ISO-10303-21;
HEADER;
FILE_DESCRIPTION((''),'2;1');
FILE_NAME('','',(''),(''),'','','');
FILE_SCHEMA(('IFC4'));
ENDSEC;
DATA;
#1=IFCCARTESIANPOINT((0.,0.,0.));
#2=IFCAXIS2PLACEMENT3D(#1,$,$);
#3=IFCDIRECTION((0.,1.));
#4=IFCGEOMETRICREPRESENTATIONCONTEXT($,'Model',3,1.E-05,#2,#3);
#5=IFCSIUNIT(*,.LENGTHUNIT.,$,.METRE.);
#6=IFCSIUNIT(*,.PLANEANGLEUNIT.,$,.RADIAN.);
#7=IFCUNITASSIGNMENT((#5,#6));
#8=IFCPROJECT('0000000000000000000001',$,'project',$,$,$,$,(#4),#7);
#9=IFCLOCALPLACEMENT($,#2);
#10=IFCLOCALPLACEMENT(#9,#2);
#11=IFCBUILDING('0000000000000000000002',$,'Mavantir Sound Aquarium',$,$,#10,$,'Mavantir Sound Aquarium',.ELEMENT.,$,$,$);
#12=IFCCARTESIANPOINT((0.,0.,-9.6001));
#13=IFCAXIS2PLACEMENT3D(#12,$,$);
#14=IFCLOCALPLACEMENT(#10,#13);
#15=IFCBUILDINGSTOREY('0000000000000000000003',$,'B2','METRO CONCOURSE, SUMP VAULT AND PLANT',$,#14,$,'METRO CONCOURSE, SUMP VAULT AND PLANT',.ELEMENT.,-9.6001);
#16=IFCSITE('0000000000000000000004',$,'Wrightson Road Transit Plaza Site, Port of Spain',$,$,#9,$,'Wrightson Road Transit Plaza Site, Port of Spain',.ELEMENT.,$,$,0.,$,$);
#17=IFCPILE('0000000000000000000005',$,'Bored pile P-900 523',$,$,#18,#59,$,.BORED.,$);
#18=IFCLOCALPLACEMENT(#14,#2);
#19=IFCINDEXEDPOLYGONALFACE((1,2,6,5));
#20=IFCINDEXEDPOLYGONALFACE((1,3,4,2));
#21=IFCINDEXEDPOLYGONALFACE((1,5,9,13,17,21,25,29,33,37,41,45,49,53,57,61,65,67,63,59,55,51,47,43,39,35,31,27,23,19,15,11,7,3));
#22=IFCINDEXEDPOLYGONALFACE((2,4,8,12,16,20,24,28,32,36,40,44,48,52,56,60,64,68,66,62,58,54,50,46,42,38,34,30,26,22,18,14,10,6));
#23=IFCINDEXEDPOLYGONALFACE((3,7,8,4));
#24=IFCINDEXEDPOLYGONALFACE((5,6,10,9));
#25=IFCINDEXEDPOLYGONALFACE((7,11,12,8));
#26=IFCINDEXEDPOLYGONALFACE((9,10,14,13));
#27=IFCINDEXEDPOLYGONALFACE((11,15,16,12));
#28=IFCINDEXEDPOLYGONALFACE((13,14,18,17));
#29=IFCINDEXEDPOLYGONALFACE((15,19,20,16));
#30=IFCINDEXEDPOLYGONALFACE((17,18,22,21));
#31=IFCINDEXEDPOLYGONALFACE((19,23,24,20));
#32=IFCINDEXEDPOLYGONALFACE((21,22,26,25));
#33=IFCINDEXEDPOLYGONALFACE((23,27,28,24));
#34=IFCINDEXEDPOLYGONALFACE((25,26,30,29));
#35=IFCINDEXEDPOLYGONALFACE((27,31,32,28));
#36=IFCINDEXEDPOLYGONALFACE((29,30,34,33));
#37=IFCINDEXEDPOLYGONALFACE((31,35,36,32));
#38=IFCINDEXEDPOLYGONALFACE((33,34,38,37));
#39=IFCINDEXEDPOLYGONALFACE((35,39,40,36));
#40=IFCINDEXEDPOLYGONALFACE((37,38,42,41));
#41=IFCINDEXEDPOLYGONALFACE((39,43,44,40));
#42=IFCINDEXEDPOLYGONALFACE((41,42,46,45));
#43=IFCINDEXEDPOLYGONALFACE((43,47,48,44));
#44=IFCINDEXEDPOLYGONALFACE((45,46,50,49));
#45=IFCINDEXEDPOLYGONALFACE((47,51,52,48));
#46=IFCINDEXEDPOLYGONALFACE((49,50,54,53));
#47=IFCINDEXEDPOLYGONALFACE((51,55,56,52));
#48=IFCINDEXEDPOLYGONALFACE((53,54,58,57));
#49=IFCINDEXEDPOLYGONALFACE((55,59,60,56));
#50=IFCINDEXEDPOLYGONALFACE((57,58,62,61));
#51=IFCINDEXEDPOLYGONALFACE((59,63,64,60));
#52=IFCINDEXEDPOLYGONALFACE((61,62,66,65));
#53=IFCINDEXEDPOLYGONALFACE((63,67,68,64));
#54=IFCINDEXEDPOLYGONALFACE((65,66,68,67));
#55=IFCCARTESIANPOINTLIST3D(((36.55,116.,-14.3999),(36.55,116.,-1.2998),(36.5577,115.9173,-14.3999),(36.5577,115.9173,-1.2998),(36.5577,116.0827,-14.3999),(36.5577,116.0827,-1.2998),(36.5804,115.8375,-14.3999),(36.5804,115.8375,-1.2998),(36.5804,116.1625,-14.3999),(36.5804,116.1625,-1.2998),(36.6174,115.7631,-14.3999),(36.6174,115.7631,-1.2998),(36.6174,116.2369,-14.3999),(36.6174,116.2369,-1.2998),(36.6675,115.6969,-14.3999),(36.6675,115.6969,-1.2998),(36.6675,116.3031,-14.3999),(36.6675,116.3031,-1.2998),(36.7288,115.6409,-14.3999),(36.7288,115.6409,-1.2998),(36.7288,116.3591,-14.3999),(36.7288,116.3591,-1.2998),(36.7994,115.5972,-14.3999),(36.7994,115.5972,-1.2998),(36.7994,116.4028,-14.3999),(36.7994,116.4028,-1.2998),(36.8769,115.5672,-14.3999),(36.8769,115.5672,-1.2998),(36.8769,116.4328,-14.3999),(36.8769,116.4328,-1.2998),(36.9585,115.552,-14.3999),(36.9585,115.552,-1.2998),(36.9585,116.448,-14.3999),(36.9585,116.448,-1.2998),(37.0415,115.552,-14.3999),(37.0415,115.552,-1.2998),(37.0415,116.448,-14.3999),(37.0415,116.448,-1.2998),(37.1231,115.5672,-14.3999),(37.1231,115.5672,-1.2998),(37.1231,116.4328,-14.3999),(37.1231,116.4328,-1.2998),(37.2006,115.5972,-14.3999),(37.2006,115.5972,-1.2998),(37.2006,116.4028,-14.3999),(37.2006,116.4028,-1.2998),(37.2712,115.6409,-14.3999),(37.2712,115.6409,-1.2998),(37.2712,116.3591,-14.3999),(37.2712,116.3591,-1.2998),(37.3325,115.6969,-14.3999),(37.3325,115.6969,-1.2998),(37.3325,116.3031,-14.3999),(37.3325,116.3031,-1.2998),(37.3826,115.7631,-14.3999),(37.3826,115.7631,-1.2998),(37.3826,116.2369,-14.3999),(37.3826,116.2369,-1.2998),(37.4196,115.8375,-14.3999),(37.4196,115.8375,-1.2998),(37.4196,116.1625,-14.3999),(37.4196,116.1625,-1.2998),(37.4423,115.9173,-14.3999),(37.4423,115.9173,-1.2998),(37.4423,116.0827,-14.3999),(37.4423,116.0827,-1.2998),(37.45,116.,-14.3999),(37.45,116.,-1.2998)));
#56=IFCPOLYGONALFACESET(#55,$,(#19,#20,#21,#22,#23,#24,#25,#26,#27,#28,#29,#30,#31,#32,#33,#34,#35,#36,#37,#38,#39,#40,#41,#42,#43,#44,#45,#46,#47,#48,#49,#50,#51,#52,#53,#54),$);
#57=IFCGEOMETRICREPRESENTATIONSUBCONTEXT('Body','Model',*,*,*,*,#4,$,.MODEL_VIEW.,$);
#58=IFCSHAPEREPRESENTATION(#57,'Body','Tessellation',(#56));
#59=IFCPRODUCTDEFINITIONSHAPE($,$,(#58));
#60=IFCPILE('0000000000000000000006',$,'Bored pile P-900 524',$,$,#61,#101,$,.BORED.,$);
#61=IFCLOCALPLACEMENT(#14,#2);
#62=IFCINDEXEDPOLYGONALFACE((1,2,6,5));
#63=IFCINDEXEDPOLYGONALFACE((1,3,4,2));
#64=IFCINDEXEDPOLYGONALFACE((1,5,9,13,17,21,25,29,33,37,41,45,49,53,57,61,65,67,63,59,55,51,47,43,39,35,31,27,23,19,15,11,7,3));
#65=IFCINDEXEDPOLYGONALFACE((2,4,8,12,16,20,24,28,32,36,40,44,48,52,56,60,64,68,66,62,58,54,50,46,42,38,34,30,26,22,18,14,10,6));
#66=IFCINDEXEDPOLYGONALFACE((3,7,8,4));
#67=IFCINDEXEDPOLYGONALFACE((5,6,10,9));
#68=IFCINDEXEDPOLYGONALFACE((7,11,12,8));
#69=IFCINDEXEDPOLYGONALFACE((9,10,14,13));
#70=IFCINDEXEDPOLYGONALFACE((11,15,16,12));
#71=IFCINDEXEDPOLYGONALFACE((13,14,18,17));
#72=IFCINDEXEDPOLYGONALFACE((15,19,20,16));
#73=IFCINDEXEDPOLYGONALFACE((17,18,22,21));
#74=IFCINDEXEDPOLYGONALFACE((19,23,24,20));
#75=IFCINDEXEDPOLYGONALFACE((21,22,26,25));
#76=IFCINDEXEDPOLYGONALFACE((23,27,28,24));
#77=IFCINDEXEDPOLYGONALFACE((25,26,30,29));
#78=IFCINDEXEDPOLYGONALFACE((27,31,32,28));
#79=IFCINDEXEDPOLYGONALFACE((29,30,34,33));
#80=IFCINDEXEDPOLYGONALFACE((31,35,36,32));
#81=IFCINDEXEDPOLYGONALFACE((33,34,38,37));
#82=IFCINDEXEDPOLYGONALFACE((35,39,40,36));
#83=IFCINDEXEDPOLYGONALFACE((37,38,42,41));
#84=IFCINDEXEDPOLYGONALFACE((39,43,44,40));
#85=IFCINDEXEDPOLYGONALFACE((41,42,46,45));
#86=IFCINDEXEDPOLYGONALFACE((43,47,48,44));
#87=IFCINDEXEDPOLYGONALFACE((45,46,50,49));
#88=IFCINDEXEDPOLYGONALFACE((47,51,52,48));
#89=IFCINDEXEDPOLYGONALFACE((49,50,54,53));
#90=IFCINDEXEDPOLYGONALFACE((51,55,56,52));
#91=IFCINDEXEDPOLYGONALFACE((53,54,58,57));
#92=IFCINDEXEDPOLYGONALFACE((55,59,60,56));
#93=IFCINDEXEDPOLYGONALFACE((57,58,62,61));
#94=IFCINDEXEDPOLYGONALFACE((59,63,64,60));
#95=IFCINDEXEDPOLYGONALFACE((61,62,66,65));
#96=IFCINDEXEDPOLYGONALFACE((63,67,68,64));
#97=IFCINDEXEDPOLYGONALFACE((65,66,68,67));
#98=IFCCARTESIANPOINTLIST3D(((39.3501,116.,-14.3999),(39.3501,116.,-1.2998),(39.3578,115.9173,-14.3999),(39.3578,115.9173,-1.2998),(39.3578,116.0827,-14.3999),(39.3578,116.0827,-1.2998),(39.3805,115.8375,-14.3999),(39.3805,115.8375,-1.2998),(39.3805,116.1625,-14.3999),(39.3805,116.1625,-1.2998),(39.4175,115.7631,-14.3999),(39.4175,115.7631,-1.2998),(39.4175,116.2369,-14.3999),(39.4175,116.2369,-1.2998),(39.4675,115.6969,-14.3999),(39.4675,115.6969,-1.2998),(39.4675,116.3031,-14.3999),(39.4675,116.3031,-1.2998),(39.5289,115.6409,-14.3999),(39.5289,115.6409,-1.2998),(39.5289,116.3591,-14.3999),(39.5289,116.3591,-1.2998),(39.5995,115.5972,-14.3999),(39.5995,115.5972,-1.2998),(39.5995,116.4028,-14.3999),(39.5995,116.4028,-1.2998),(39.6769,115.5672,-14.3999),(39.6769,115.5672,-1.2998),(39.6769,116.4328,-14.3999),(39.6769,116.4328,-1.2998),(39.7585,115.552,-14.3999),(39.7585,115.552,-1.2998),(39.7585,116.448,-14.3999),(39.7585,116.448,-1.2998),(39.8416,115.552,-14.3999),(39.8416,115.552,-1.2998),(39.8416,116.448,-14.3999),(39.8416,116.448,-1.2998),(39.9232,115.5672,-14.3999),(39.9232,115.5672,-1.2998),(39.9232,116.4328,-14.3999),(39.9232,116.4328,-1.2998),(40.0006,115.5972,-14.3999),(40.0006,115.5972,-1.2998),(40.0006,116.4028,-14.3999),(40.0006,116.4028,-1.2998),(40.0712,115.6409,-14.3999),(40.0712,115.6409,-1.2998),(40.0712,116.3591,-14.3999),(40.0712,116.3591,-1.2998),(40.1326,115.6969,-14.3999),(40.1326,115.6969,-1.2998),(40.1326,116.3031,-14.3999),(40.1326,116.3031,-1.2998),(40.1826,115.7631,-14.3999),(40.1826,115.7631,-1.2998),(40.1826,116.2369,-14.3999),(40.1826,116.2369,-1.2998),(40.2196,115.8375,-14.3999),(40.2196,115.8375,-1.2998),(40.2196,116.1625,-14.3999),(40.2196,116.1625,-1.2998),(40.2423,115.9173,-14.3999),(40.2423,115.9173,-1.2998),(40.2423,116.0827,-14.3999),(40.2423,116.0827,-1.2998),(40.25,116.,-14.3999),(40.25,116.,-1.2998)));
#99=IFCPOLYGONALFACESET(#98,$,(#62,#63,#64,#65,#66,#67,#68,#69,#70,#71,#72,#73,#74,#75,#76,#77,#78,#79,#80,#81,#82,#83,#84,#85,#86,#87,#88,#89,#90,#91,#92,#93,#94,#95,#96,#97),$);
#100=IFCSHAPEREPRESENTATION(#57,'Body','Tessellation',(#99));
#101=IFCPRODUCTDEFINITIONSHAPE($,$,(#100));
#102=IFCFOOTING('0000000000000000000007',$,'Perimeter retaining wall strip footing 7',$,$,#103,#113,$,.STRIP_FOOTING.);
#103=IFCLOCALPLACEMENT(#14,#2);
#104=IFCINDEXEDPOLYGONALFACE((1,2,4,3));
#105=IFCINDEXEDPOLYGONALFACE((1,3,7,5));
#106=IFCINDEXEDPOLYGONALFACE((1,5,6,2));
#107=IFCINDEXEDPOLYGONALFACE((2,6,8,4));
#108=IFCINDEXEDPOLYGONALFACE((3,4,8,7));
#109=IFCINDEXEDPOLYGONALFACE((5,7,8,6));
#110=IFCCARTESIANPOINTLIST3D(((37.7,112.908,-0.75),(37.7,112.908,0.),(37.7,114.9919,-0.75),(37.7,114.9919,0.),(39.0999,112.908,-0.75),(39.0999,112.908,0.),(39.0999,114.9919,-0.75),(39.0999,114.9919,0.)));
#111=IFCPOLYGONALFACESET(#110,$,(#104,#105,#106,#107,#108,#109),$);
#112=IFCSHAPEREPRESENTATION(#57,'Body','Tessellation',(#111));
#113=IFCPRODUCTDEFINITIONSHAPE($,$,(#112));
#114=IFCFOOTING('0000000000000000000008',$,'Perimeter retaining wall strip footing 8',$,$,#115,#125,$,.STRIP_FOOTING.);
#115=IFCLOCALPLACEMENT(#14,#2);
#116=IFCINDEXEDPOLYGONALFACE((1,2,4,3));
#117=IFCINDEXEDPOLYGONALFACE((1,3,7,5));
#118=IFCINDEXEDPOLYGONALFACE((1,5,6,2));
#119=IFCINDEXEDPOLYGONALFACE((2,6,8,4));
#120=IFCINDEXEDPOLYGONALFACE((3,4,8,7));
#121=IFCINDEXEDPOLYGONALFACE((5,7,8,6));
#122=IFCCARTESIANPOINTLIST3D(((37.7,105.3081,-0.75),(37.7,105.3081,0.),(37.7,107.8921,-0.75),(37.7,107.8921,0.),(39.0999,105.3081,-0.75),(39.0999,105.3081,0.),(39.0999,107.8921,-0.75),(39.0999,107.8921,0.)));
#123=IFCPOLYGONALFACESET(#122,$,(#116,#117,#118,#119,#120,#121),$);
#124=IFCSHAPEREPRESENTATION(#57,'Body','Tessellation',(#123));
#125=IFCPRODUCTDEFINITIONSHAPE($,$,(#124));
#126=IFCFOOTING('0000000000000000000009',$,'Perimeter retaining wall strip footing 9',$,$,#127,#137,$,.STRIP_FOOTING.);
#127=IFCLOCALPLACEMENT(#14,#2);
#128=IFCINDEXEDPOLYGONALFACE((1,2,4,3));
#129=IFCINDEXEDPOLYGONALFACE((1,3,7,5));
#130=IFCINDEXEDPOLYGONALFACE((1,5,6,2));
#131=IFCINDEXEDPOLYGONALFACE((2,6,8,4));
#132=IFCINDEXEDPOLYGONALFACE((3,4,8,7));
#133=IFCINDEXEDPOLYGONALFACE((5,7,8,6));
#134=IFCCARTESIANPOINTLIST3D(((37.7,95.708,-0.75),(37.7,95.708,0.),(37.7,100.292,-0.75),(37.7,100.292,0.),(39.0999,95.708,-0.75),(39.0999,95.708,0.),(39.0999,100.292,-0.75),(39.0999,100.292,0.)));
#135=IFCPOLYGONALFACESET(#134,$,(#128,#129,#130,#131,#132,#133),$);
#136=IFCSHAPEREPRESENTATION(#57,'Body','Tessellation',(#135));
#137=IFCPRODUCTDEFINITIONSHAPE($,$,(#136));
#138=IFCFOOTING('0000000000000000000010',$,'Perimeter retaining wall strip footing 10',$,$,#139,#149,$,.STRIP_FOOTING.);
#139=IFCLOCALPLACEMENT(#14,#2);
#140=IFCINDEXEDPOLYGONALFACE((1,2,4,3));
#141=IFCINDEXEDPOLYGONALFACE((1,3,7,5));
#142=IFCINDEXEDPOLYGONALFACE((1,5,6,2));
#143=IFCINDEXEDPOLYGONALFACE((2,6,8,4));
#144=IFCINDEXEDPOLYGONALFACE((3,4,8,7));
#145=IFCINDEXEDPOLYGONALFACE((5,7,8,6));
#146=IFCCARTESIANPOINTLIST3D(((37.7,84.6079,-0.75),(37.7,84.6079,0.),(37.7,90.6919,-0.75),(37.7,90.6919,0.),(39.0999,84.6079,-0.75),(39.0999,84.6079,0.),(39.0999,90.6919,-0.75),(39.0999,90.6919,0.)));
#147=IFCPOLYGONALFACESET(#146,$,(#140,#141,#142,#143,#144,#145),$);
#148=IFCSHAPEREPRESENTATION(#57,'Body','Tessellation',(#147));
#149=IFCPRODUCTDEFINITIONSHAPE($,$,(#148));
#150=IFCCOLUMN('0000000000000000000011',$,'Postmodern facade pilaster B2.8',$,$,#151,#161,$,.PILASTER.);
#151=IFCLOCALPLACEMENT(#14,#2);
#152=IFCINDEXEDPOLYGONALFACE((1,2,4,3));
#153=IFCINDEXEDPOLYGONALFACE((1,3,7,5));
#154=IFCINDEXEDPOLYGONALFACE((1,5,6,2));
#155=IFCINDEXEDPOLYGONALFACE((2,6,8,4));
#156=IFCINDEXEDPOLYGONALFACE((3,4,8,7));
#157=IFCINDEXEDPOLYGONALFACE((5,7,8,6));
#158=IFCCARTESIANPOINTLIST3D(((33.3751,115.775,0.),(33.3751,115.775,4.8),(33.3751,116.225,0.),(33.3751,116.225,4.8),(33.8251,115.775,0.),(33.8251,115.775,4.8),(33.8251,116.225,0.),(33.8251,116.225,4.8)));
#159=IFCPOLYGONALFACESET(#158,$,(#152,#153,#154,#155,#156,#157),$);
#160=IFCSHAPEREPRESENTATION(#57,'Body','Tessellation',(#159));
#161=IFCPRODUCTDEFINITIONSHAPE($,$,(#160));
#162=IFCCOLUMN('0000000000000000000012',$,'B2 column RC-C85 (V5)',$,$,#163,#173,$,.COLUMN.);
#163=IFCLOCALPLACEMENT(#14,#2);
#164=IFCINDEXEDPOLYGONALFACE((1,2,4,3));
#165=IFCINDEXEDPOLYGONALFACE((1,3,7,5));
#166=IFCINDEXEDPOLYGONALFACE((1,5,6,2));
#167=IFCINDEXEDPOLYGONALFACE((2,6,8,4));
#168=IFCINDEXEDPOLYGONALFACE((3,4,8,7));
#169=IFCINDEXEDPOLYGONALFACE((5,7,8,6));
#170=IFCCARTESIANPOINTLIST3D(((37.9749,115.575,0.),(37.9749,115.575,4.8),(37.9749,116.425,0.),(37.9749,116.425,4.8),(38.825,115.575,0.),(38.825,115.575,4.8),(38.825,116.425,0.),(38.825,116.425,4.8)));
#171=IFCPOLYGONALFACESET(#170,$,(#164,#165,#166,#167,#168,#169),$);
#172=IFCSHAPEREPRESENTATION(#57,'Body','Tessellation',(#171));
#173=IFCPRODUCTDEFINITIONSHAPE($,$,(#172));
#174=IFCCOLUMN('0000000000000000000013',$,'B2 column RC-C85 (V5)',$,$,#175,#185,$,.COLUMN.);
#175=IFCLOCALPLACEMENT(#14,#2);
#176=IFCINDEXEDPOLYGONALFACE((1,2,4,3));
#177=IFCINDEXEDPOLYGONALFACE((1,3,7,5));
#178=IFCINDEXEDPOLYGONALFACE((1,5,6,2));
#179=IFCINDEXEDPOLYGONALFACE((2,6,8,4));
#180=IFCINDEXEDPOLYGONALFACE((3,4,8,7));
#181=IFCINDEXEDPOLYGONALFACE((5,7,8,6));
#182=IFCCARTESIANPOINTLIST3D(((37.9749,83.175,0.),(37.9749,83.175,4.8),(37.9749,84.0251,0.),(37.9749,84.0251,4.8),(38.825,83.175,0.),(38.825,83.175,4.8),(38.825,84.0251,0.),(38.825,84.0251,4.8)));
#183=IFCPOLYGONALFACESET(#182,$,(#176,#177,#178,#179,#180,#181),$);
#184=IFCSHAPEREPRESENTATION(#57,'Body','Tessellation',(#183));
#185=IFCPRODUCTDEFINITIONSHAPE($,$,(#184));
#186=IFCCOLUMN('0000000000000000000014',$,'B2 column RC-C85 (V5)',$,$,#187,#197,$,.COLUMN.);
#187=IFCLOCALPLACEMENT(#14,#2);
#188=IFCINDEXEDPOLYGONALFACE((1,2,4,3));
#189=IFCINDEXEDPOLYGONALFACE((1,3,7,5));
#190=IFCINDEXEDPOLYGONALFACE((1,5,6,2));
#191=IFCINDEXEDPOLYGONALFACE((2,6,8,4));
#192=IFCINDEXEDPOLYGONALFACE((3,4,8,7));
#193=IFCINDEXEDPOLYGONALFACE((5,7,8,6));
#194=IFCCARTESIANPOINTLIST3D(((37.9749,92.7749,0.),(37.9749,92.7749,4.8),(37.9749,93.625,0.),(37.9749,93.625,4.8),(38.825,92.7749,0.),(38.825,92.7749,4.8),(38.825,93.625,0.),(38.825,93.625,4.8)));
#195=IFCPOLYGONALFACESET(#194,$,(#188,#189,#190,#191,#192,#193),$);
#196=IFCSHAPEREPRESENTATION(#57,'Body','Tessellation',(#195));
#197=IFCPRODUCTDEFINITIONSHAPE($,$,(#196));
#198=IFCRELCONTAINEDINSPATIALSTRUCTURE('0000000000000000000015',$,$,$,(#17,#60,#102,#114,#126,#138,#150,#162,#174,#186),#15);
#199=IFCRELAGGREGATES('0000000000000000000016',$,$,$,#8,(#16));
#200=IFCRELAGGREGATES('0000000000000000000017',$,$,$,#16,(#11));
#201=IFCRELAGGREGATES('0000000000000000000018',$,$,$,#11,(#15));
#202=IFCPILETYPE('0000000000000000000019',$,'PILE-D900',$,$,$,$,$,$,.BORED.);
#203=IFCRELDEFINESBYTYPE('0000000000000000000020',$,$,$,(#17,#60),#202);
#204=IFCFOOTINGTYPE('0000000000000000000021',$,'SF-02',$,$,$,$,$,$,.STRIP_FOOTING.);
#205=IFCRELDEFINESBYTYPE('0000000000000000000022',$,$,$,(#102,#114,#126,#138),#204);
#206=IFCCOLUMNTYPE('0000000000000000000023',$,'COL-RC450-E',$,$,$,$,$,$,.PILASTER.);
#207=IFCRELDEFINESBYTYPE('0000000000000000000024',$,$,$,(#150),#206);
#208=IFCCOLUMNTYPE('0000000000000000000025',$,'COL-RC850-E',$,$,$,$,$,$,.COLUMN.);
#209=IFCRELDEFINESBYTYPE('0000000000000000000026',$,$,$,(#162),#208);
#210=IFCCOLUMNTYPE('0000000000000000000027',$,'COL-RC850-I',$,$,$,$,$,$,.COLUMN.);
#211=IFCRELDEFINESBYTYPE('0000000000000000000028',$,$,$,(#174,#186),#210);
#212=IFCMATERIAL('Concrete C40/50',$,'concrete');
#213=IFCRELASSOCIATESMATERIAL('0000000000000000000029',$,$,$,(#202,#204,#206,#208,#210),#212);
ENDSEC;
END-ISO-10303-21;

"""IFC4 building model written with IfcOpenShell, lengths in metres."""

from ifc_helpers import new_model, si_unit, direction, frame, origin, origin_2d, place, context, subcontext, project, spatial, rectangle, circle, extrude, material, material_profile, profile_set, type_object, element, save


model = new_model("IFC4")

# Units and contexts
model_context = context("Model", 3, precision=1e-05, world=origin(), true_north=direction((0.0, 1.0)))
body_context = subcontext(model_context, "Body", "Model", "MODEL_VIEW")
ifc_project = project(units=[si_unit("LENGTHUNIT", "METRE"), si_unit("PLANEANGLEUNIT", "RADIAN")], contexts=[model_context])

# Site, building, storey
site_placement = place(None, origin())
site = spatial("IfcSite", under=ifc_project, at=site_placement, Name="Wrightson Road Transit Plaza Site, Port of Spain", LongName="Wrightson Road Transit Plaza Site, Port of Spain", CompositionType="ELEMENT", RefElevation=0.0)
building_placement = place(site_placement, origin())
building = spatial("IfcBuilding", under=site, at=building_placement, Name="Mavantir Sound Aquarium", LongName="Mavantir Sound Aquarium", CompositionType="ELEMENT")
storey_placement = place(building_placement, frame((0.0, 0.0, -9.6001)))
storey = spatial("IfcBuildingStorey", under=building, at=storey_placement, Name="B2", Description="METRO CONCOURSE, SUMP VAULT AND PLANT", LongName="METRO CONCOURSE, SUMP VAULT AND PLANT", CompositionType="ELEMENT", Elevation=-9.6001)

# Shared definitions
ifc_material_1 = material(Name="Concrete C40/50", Category="concrete")

# Piles
ifc_material_profile_1 = material_profile(ifc_material_1, circle(Radius=0.45, at=origin_2d()), Name="PILE D900")
ifc_profile_set_1 = profile_set([ifc_material_profile_1], Name="Concrete C40/50")
pile_type = type_object("IfcPileType", Name="PILE-D900", PredefinedType="BORED", material=ifc_profile_set_1)
for number, where, z_axis, x_axis, name in (
    (1, (37.0, 116.0, -1.2998), (0.0, 0.0, -1.0), (1.0, 0.0, 0.0), "Bored pile P-900 523"),
    (2, (39.8, 116.0, -1.2998), (0.0, 0.0, -1.0), (1.0, 0.0, 0.0), "Bored pile P-900 524"),
):
    element("IfcPile", number, at=place(storey_placement, frame(where, z_axis=z_axis, x_axis=x_axis)), inside=storey, type_object=pile_type, Name=name, PredefinedType="BORED", context=body_context, shape_type="SweptSolid", body=[
        extrude(circle(Radius=0.45, at=origin_2d()), origin(), (0.0, 0.0, 1.0), 13.1001),
    ])

# Footings
ifc_material_profile_2 = material_profile(ifc_material_1, rectangle(XDim=1.3999, YDim=0.75, at=origin_2d()), Name="RC 1400X750")
ifc_profile_set_2 = profile_set([ifc_material_profile_2], Name="Concrete C40/50")
footing_type_1 = type_object("IfcFootingType", Name="SF-02", PredefinedType="STRIP_FOOTING", material=ifc_profile_set_2)
footing_1_placement = place(storey_placement, frame((38.3999, 114.9919, -0.375), z_axis=(0.0, -1.0, 0.0), x_axis=(1.0, 0.0, 0.0)))
element("IfcFooting", 3, at=footing_1_placement, inside=storey, type_object=footing_type_1, Name="Perimeter retaining wall strip footing 7", PredefinedType="STRIP_FOOTING", context=body_context, shape_type="SweptSolid", body=[
    extrude(rectangle(XDim=1.3999, YDim=0.75, at=origin_2d()), origin(), (0.0, 0.0, 1.0), 2.084),
])
footing_2_placement = place(storey_placement, frame((38.3999, 107.8921, -0.375), z_axis=(0.0, -1.0, 0.0), x_axis=(1.0, 0.0, 0.0)))
element("IfcFooting", 4, at=footing_2_placement, inside=storey, type_object=footing_type_1, Name="Perimeter retaining wall strip footing 8", PredefinedType="STRIP_FOOTING", context=body_context, shape_type="SweptSolid", body=[
    extrude(rectangle(XDim=1.3999, YDim=0.75, at=origin_2d()), origin(), (0.0, 0.0, 1.0), 2.584),
])
footing_3_placement = place(storey_placement, frame((38.3999, 100.292, -0.375), z_axis=(0.0, -1.0, 0.0), x_axis=(1.0, 0.0, 0.0)))
element("IfcFooting", 5, at=footing_3_placement, inside=storey, type_object=footing_type_1, Name="Perimeter retaining wall strip footing 9", PredefinedType="STRIP_FOOTING", context=body_context, shape_type="SweptSolid", body=[
    extrude(rectangle(XDim=1.3999, YDim=0.75, at=origin_2d()), origin(), (0.0, 0.0, 1.0), 4.584),
])
footing_4_placement = place(storey_placement, frame((38.3999, 90.6919, -0.375), z_axis=(0.0, -1.0, 0.0), x_axis=(1.0, 0.0, 0.0)))
element("IfcFooting", 6, at=footing_4_placement, inside=storey, type_object=footing_type_1, Name="Perimeter retaining wall strip footing 10", PredefinedType="STRIP_FOOTING", context=body_context, shape_type="SweptSolid", body=[
    extrude(rectangle(XDim=1.3999, YDim=0.75, at=origin_2d()), origin(), (0.0, 0.0, 1.0), 6.084),
])

# Columns
ifc_material_profile_3 = material_profile(ifc_material_1, rectangle(XDim=0.45, YDim=0.45, at=origin_2d()), Name="RC 450X450")
ifc_profile_set_3 = profile_set([ifc_material_profile_3], Name="Concrete C40/50")
column_type_1 = type_object("IfcColumnType", Name="COL-RC450-E", PredefinedType="PILASTER", material=ifc_profile_set_3)
column_1_placement = place(storey_placement, frame((33.6001, 116.0, 0.0), z_axis=(0.0, 0.0, 1.0), x_axis=(1.0, 0.0, 0.0)))
element("IfcColumn", 7, at=column_1_placement, inside=storey, type_object=column_type_1, Name="Postmodern facade pilaster B2.8", PredefinedType="PILASTER", context=body_context, shape_type="SweptSolid", body=[
    extrude(rectangle(XDim=0.45, YDim=0.45, at=origin_2d()), origin(), (0.0, 0.0, 1.0), 4.8),
])
ifc_material_profile_4 = material_profile(ifc_material_1, rectangle(XDim=0.8501, YDim=0.8501, at=origin_2d()), Name="RC 850X850")
ifc_profile_set_4 = profile_set([ifc_material_profile_4], Name="Concrete C40/50")
column_type_2 = type_object("IfcColumnType", Name="COL-RC850-E", PredefinedType="COLUMN", material=ifc_profile_set_4)
column_2_placement = place(storey_placement, frame((38.3999, 116.0, 0.0), z_axis=(0.0, 0.0, 1.0), x_axis=(1.0, 0.0, 0.0)))
element("IfcColumn", 8, at=column_2_placement, inside=storey, type_object=column_type_2, Name="B2 column RC-C85 (V5)", PredefinedType="COLUMN", context=body_context, shape_type="SweptSolid", body=[
    extrude(rectangle(XDim=0.8501, YDim=0.8501, at=origin_2d()), origin(), (0.0, 0.0, 1.0), 4.8),
])
ifc_material_profile_5 = material_profile(ifc_material_1, rectangle(XDim=0.8501, YDim=0.8501, at=origin_2d()), Name="RC 850X850")
ifc_profile_set_5 = profile_set([ifc_material_profile_5], Name="Concrete C40/50")
column_type_3 = type_object("IfcColumnType", Name="COL-RC850-I", PredefinedType="COLUMN", material=ifc_profile_set_5)
for number, where, z_axis, x_axis, name in (
    (9, (38.3999, 83.6001, 0.0), (0.0, 0.0, 1.0), (1.0, 0.0, 0.0), "B2 column RC-C85 (V5)"),
    (10, (38.3999, 93.2, 0.0), (0.0, 0.0, 1.0), (1.0, 0.0, 0.0), "B2 column RC-C85 (V5)"),
):
    element("IfcColumn", number, at=place(storey_placement, frame(where, z_axis=z_axis, x_axis=x_axis)), inside=storey, type_object=column_type_3, Name=name, PredefinedType="COLUMN", context=body_context, shape_type="SweptSolid", body=[
        extrude(rectangle(XDim=0.8501, YDim=0.8501, at=origin_2d()), origin(), (0.0, 0.0, 1.0), 4.8),
    ])

save(model, "model.ifc")
